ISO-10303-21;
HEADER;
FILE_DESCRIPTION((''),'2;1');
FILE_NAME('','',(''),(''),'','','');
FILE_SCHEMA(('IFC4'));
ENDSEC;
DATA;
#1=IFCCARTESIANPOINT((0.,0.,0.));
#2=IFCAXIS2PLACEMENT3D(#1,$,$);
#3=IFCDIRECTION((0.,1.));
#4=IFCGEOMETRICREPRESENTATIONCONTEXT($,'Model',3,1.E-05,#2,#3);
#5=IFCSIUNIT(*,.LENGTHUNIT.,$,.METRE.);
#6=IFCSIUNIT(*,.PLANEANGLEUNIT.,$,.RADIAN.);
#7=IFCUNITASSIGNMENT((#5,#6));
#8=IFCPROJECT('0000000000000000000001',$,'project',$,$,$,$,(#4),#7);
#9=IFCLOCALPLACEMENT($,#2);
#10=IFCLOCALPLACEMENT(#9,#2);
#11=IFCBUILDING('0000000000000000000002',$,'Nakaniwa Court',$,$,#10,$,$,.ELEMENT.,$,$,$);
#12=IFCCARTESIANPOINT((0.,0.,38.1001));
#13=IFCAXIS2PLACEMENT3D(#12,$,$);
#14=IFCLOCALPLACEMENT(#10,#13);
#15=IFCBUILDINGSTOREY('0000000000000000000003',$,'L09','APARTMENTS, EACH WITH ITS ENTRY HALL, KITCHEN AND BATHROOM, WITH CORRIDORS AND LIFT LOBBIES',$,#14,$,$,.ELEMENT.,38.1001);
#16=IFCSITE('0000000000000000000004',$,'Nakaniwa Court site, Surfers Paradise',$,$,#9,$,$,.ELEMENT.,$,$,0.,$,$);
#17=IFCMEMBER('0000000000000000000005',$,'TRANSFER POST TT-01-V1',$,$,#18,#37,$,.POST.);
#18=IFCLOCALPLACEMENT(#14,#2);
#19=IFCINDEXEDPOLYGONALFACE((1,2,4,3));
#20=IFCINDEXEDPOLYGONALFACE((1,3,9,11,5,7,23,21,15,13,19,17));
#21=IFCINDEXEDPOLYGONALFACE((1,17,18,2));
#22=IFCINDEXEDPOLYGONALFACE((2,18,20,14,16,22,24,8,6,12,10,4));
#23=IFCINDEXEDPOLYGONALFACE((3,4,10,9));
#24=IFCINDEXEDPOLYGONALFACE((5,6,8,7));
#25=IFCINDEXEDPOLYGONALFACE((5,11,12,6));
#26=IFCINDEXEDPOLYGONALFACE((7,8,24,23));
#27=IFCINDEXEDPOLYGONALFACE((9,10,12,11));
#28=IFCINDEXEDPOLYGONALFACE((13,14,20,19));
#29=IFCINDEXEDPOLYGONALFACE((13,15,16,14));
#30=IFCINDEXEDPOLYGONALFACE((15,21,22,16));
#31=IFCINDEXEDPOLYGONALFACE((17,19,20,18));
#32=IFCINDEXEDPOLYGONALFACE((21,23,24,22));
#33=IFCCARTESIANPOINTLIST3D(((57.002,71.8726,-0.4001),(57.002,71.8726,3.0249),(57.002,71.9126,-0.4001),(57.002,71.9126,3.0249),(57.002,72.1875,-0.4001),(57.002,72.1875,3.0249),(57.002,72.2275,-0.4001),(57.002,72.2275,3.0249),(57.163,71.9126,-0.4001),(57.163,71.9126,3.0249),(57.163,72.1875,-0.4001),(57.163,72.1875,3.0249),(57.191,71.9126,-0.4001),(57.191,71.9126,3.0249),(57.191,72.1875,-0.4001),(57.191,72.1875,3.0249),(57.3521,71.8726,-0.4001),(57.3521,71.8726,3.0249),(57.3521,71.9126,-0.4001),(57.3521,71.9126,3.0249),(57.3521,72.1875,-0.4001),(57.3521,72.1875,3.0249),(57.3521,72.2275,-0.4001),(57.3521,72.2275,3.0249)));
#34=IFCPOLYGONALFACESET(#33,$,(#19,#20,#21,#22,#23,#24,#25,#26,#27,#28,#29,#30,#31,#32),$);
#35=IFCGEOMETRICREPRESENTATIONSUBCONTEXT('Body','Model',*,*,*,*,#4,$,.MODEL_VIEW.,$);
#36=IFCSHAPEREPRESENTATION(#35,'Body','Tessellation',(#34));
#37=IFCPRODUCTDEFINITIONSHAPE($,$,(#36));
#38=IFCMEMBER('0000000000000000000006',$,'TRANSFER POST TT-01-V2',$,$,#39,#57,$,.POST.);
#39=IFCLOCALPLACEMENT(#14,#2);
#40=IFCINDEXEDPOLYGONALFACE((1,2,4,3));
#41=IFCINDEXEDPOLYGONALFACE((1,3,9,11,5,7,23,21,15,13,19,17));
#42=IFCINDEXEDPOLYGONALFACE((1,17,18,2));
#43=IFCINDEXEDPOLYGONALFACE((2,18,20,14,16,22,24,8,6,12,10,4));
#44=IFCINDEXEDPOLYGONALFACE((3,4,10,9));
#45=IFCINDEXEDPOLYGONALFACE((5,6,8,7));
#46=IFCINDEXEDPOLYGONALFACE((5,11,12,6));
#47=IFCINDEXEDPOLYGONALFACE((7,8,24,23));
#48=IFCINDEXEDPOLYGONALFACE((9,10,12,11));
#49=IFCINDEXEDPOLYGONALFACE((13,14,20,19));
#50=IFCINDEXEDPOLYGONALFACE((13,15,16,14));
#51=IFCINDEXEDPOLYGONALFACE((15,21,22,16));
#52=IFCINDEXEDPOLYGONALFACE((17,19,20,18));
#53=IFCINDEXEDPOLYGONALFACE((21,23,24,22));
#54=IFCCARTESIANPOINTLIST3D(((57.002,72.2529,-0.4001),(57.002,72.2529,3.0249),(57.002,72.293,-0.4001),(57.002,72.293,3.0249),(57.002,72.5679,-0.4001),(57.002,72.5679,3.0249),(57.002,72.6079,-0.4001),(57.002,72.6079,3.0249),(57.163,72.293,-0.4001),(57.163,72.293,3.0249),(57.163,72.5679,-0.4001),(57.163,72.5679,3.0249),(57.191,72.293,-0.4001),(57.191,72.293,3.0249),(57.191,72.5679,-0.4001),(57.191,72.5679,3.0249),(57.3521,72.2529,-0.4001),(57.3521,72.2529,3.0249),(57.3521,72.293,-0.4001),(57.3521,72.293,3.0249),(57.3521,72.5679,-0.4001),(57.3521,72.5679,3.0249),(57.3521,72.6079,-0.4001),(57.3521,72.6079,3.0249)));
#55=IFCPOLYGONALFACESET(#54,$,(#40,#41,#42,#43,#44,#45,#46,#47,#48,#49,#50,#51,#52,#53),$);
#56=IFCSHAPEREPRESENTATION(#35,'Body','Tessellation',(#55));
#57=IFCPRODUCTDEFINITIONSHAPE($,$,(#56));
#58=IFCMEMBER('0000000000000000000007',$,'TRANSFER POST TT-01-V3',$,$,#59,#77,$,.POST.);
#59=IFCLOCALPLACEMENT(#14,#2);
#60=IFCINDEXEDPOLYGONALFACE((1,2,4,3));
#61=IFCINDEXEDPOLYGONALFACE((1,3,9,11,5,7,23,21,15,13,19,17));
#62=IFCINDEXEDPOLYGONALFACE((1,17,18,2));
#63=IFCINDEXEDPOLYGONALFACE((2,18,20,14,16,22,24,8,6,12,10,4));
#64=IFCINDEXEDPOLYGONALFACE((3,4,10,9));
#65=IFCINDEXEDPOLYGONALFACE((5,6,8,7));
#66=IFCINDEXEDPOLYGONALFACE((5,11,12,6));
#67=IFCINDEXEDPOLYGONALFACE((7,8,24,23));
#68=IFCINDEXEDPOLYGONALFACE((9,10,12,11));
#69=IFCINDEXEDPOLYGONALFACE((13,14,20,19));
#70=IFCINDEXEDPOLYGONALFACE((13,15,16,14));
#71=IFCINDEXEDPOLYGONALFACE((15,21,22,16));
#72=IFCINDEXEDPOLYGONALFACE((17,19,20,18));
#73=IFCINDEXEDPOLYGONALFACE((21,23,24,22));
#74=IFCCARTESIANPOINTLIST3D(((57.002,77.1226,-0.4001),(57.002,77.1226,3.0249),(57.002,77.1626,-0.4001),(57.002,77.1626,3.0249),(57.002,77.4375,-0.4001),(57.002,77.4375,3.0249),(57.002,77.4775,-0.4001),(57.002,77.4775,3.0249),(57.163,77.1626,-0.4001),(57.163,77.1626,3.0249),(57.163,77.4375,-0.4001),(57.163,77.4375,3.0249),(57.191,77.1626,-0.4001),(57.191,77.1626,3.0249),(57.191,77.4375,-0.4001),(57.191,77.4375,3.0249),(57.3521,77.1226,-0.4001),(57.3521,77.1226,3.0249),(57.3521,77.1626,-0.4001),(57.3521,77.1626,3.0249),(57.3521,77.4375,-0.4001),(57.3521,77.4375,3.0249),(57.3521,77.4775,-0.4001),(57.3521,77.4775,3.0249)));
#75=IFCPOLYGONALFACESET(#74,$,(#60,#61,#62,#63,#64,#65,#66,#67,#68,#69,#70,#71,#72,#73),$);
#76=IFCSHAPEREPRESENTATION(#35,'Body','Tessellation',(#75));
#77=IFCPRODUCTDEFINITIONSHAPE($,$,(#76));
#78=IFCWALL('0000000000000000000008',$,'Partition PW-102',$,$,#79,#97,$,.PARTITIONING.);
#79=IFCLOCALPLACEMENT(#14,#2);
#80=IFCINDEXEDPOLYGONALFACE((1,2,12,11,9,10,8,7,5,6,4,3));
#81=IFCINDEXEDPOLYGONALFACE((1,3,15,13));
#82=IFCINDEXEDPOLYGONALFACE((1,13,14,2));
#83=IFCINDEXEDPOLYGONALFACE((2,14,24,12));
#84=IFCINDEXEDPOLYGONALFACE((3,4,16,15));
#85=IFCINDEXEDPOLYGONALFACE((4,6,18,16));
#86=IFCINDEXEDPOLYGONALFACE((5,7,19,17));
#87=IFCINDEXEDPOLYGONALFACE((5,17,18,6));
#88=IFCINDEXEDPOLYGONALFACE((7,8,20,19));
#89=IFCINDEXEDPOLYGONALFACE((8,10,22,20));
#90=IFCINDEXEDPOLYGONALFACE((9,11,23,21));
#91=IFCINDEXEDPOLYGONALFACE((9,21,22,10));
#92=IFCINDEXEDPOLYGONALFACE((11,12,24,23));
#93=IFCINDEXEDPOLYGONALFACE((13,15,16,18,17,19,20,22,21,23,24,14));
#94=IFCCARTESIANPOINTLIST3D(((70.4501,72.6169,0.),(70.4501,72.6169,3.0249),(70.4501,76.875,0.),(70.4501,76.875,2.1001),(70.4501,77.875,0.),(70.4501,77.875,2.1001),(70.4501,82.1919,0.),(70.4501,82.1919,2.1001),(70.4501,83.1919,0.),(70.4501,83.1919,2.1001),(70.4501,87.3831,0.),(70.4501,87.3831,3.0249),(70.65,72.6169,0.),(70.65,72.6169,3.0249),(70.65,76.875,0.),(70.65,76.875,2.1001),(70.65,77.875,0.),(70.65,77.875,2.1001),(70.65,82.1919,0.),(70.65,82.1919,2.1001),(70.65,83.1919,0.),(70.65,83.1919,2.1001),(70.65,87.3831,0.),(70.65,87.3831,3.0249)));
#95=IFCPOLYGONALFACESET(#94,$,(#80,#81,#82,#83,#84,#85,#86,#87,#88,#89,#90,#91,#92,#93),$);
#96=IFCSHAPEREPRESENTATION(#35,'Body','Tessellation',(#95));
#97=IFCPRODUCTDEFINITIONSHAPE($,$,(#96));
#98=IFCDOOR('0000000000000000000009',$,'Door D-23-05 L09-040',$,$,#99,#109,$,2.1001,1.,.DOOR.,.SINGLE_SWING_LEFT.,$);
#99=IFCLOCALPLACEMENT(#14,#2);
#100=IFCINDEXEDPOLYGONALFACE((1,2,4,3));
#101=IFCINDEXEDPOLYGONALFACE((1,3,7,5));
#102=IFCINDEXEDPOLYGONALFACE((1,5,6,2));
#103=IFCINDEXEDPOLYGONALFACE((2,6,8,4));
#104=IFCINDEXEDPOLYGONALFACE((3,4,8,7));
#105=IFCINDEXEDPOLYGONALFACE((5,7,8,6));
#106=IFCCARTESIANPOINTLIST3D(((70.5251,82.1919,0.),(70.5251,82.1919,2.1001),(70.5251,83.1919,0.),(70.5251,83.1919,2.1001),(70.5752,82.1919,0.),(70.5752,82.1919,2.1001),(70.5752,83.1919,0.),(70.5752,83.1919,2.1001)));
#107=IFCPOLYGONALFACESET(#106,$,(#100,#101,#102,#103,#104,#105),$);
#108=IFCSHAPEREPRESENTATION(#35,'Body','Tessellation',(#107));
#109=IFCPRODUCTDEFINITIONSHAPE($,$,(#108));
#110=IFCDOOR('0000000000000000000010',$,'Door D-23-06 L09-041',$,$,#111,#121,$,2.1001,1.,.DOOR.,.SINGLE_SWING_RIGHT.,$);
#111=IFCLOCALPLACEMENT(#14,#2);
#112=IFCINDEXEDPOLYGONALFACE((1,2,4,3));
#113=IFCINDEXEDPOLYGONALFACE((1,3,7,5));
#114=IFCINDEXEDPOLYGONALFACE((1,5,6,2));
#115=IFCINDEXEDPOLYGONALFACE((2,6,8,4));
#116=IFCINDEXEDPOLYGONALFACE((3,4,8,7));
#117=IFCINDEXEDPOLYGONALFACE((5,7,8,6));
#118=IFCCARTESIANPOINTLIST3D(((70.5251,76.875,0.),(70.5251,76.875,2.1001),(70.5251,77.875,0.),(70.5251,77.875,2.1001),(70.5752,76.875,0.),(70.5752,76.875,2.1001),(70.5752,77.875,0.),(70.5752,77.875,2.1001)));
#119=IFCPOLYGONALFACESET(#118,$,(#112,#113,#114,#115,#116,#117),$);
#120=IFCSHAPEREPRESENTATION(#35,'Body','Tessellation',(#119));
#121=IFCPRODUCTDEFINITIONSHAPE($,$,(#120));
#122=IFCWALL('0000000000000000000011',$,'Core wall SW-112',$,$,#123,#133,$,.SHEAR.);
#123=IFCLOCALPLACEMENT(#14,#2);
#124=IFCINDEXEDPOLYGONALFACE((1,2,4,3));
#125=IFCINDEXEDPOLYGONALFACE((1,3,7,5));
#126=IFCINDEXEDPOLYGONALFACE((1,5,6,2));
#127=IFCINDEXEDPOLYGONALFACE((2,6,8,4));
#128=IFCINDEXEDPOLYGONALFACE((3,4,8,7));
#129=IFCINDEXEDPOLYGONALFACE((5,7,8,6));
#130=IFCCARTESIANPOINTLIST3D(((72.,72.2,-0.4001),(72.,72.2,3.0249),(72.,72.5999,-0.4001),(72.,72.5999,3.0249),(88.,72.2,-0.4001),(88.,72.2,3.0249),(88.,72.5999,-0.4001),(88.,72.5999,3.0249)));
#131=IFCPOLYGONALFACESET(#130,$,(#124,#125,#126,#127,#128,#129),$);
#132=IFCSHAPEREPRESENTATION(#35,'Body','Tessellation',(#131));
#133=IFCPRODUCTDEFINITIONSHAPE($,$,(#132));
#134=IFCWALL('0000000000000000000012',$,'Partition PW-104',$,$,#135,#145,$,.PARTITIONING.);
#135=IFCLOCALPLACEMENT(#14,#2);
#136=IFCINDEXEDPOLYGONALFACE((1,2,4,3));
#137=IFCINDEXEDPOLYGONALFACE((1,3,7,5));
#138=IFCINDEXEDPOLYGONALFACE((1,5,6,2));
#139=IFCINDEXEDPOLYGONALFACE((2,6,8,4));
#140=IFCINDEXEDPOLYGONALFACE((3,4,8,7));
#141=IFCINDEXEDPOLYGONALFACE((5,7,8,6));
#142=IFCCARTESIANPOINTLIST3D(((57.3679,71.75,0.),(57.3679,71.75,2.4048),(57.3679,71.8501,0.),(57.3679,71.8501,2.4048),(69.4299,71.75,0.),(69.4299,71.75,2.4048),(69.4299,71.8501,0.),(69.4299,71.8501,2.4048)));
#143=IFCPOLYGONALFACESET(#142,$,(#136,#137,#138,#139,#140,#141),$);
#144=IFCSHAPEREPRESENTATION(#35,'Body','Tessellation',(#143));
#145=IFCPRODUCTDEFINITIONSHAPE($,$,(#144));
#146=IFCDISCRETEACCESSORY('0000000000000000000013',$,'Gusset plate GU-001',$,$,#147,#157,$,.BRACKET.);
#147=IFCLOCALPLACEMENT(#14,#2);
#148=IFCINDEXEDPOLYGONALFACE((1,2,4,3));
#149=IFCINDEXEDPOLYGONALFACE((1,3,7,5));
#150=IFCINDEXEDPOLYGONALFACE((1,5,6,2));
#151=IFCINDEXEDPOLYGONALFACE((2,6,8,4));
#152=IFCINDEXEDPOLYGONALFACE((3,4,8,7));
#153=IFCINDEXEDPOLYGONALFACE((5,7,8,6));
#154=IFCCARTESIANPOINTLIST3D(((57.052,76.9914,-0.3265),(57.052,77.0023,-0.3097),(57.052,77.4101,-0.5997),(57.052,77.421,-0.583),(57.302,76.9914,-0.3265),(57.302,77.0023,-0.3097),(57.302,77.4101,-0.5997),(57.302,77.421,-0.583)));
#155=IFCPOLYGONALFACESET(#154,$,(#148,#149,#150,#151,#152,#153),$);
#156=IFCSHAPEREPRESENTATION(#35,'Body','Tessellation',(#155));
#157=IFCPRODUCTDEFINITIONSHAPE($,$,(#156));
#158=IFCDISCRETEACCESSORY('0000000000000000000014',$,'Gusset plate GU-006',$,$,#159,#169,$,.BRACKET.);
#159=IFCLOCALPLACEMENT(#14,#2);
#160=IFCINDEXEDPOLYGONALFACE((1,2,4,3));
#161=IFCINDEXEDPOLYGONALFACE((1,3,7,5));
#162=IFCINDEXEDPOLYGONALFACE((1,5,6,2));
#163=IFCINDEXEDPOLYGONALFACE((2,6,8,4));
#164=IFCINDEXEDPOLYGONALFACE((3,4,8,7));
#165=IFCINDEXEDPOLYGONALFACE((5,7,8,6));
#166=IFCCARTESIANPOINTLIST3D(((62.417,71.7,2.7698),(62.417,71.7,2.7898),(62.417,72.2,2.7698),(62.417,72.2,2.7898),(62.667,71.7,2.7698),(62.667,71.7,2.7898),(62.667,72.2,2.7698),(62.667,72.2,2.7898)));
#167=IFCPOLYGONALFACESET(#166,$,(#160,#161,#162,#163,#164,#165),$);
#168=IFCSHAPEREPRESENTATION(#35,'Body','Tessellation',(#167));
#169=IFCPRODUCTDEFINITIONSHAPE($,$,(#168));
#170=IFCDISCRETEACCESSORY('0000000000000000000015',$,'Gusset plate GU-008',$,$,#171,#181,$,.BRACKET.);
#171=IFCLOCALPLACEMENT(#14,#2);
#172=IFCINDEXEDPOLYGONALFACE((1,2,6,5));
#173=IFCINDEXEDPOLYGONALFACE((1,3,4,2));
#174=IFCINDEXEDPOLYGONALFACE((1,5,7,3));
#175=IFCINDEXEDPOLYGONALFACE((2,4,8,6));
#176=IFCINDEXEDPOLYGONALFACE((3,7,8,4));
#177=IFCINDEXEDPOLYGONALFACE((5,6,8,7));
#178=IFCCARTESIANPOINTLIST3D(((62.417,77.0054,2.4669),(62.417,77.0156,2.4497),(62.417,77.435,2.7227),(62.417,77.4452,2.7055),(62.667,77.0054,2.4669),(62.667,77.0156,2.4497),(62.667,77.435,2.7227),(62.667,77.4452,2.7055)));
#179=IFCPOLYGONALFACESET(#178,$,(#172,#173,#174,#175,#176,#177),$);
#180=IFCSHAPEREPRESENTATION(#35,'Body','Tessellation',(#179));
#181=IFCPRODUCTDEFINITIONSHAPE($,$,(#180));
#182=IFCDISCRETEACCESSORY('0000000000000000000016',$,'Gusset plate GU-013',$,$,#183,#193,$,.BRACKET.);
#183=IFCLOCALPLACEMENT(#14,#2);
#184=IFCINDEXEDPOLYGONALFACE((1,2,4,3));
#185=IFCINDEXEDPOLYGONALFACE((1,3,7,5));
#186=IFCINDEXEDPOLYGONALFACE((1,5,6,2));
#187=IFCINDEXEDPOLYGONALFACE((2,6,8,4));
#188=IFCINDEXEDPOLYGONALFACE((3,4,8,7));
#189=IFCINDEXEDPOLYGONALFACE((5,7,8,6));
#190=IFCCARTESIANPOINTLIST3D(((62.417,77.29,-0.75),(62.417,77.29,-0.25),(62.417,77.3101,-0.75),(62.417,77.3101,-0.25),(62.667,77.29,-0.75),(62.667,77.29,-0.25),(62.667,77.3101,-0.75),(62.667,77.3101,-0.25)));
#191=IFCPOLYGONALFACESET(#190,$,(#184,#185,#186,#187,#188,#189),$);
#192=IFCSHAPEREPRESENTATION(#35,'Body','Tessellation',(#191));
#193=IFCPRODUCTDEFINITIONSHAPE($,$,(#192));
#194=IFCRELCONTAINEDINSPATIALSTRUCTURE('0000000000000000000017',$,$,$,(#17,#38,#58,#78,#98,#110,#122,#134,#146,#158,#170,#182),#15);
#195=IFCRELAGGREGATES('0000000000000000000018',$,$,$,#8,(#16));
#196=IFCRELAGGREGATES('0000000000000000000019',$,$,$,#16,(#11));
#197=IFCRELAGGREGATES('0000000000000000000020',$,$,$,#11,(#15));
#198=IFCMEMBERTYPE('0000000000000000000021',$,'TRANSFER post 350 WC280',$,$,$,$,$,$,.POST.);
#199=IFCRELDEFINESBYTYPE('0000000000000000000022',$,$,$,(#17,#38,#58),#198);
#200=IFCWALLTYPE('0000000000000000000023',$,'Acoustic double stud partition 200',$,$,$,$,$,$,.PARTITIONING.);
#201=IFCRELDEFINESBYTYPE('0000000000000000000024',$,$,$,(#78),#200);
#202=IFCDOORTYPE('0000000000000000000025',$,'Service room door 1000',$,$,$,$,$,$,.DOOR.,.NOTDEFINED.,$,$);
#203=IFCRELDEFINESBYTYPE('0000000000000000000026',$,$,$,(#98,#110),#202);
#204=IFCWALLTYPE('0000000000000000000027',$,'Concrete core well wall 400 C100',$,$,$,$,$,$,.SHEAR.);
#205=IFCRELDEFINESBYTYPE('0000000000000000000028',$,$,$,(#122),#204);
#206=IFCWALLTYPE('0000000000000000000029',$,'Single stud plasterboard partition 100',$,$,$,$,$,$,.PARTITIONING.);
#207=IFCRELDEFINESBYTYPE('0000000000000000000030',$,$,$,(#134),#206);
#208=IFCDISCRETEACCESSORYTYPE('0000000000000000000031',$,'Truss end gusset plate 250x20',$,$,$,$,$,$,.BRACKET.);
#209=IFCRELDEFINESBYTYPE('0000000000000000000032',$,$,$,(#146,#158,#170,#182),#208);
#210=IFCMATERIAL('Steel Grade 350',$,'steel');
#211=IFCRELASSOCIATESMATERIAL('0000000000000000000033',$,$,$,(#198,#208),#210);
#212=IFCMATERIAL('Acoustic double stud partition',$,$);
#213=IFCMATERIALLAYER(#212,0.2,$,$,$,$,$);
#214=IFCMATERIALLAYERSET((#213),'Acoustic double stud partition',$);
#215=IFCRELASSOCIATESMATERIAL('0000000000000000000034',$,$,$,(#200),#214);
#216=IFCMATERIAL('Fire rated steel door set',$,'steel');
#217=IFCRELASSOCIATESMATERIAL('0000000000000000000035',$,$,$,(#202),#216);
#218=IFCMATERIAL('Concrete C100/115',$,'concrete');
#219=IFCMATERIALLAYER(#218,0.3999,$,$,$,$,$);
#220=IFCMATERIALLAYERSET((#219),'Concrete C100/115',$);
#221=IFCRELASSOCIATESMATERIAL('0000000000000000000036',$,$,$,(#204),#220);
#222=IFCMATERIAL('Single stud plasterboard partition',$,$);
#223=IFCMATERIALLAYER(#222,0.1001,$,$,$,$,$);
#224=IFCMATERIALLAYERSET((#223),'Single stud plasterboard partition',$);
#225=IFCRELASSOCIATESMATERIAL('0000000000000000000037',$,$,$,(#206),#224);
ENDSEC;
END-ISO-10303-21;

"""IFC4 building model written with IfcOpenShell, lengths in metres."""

from ifc_helpers import new_model, si_unit, direction, frame, frame_2d, origin, origin_2d, place, context, subcontext, project, spatial, rectangle, i_section, extrude, material, layer, layer_set, material_profile, profile_set, type_object, element, fill, save


model = new_model("IFC4")

# Units and contexts
model_context = context("Model", 3, precision=1e-05, world=origin(), true_north=direction((0.0, 1.0)))
body_context = subcontext(model_context, "Body", "Model", "MODEL_VIEW")
ifc_project = project(units=[si_unit("LENGTHUNIT", "METRE"), si_unit("PLANEANGLEUNIT", "RADIAN")], contexts=[model_context])

# Site, building, storey
site_placement = place(None, origin())
site = spatial("IfcSite", under=ifc_project, at=site_placement, Name="Nakaniwa Court site, Surfers Paradise", CompositionType="ELEMENT", RefElevation=0.0)
building_placement = place(site_placement, origin())
building = spatial("IfcBuilding", under=site, at=building_placement, Name="Nakaniwa Court", CompositionType="ELEMENT")
storey_placement = place(building_placement, frame((0.0, 0.0, 38.1001)))
storey = spatial("IfcBuildingStorey", under=building, at=storey_placement, Name="L09", Description="APARTMENTS, EACH WITH ITS ENTRY HALL, KITCHEN AND BATHROOM, WITH CORRIDORS AND LIFT LOBBIES", CompositionType="ELEMENT", Elevation=38.1001)

# Shared definitions
ifc_material_1 = material(Name="Concrete C100/115", Category="concrete")

# Members
ifc_material_2 = material(Name="Steel Grade 350", Category="steel")
ifc_material_profile_1 = material_profile(ifc_material_2, i_section(OverallWidth=0.3501, OverallDepth=0.355, WebThickness=0.0281, FlangeThickness=0.04, at=origin_2d()), Name="350WC280")
ifc_profile_set_1 = profile_set([ifc_material_profile_1], Name="Steel Grade 350")
member_type_1 = type_object("IfcMemberType", Name="TRANSFER post 350 WC280", PredefinedType="POST", material=ifc_profile_set_1)
for number, where, z_axis, x_axis, name in (
    (1, (57.177, 72.05, -0.4001), (0.0, 0.0, 1.0), (1.0, 0.0, 0.0), "TRANSFER POST TT-01-V1"),
    (2, (57.177, 72.4304, -0.4001), (0.0, 0.0, 1.0), (1.0, 0.0, 0.0), "TRANSFER POST TT-01-V2"),
    (3, (57.177, 77.3, -0.4001), (0.0, 0.0, 1.0), (1.0, 0.0, 0.0), "TRANSFER POST TT-01-V3"),
):
    element("IfcMember", number, at=place(storey_placement, frame(where, z_axis=z_axis, x_axis=x_axis)), inside=storey, type_object=member_type_1, Name=name, PredefinedType="POST", context=body_context, shape_type="SweptSolid", body=[
        extrude(i_section(OverallWidth=0.3501, OverallDepth=0.355, WebThickness=0.0281, FlangeThickness=0.04, at=origin_2d()), origin(), (0.0, 0.0, 1.0), 3.425),
    ])

# Wall, openings, doors
ifc_material_3 = material(Name="Acoustic double stud partition")
ifc_layer_1 = layer(ifc_material_3, 0.2)
ifc_layer_set_1 = layer_set([ifc_layer_1], Name="Acoustic double stud partition")
wall_type_1 = type_object("IfcWallType", Name="Acoustic double stud partition 200", PredefinedType="PARTITIONING", material=ifc_layer_set_1)
wall_1_placement = place(storey_placement, frame((70.55, 72.6169, 0.0), z_axis=(0.0, 0.0, 1.0), x_axis=(0.0, 1.0, 0.0)))
wall_1 = element("IfcWall", 4, at=wall_1_placement, inside=storey, type_object=wall_type_1, Name="Partition PW-102", PredefinedType="PARTITIONING", context=body_context, shape_type="SweptSolid", body=[
    extrude(rectangle(XDim=14.7661, YDim=0.2, at=frame_2d((7.3831, 0.0))), origin(), (0.0, 0.0, 1.0), 3.0249),
])
opening_1_placement = place(wall_1_placement, frame((9.575, 0.0, 0.0)))
opening_1 = element("IfcOpeningElement", 5, at=opening_1_placement, cuts=wall_1, PredefinedType="OPENING", context=body_context, shape_type="SweptSolid", body=[
    extrude(rectangle(XDim=1.0, YDim=2.1001, at=frame_2d((0.5, 1.05))), frame((0.0, 0.1099, 0.0), z_axis=(0.0, -1.0, 0.0), x_axis=(1.0, 0.0, 0.0)), (0.0, 0.0, 1.0), 0.22),
])
opening_2_placement = place(wall_1_placement, frame((4.2581, 0.0, 0.0)))
opening_2 = element("IfcOpeningElement", 6, at=opening_2_placement, cuts=wall_1, PredefinedType="OPENING", context=body_context, shape_type="SweptSolid", body=[
    extrude(rectangle(XDim=1.0, YDim=2.1001, at=frame_2d((0.5, 1.05))), frame((0.0, 0.1099, 0.0), z_axis=(0.0, -1.0, 0.0), x_axis=(1.0, 0.0, 0.0)), (0.0, 0.0, 1.0), 0.22),
])
ifc_material_4 = material(Name="Fire rated steel door set", Category="steel")
door_type = type_object("IfcDoorType", Name="Service room door 1000", OperationType="NOTDEFINED", PredefinedType="DOOR", material=ifc_material_4)
door_1_placement = place(opening_1_placement, origin())
door_1 = element("IfcDoor", 7, at=door_1_placement, inside=storey, type_object=door_type, Name="Door D-23-05 L09-040", OperationType="SINGLE_SWING_LEFT", OverallHeight=2.1001, OverallWidth=1.0, PredefinedType="DOOR", context=body_context, shape_type="SweptSolid", body=[
    extrude(rectangle(XDim=1.0, YDim=2.1001, at=frame_2d((0.5, 1.05))), frame((0.0, 0.0249, 0.0), z_axis=(0.0, -1.0, 0.0), x_axis=(1.0, 0.0, 0.0)), (0.0, 0.0, 1.0), 0.05),
])
fill(opening_1, door_1)
door_2_placement = place(opening_2_placement, origin())
door_2 = element("IfcDoor", 8, at=door_2_placement, inside=storey, type_object=door_type, Name="Door D-23-06 L09-041", OperationType="SINGLE_SWING_RIGHT", OverallHeight=2.1001, OverallWidth=1.0, PredefinedType="DOOR", context=body_context, shape_type="SweptSolid", body=[
    extrude(rectangle(XDim=1.0, YDim=2.1001, at=frame_2d((0.5, 1.05))), frame((0.0, 0.0249, 0.0), z_axis=(0.0, -1.0, 0.0), x_axis=(1.0, 0.0, 0.0)), (0.0, 0.0, 1.0), 0.05),
])
fill(opening_2, door_2)

# Walls
ifc_layer_2 = layer(ifc_material_1, 0.3999)
ifc_layer_set_2 = layer_set([ifc_layer_2], Name="Concrete C100/115")
wall_type_2 = type_object("IfcWallType", Name="Concrete core well wall 400 C100", PredefinedType="SHEAR", material=ifc_layer_set_2)
wall_2_placement = place(storey_placement, frame((72.0, 72.3999, -0.4001), z_axis=(0.0, 0.0, 1.0), x_axis=(1.0, 0.0, 0.0)))
element("IfcWall", 9, at=wall_2_placement, inside=storey, type_object=wall_type_2, Name="Core wall SW-112", PredefinedType="SHEAR", context=body_context, shape_type="SweptSolid", body=[
    extrude(rectangle(XDim=16.0, YDim=0.3999, at=frame_2d((8.0, 0.0))), origin(), (0.0, 0.0, 1.0), 3.425),
])
ifc_material_5 = material(Name="Single stud plasterboard partition")
ifc_layer_3 = layer(ifc_material_5, 0.1001)
ifc_layer_set_3 = layer_set([ifc_layer_3], Name="Single stud plasterboard partition")
wall_type_3 = type_object("IfcWallType", Name="Single stud plasterboard partition 100", PredefinedType="PARTITIONING", material=ifc_layer_set_3)
wall_3_placement = place(storey_placement, frame((57.3679, 71.8, 0.0), z_axis=(0.0, 0.0, 1.0), x_axis=(1.0, 0.0, 0.0)))
element("IfcWall", 10, at=wall_3_placement, inside=storey, type_object=wall_type_3, Name="Partition PW-104", PredefinedType="PARTITIONING", context=body_context, shape_type="SweptSolid", body=[
    extrude(rectangle(XDim=12.062, YDim=0.1001, at=frame_2d((6.031, 0.0))), origin(), (0.0, 0.0, 1.0), 2.4048),
])

# Discrete accessories
ifc_material_profile_2 = material_profile(ifc_material_2, rectangle(XDim=0.25, YDim=0.02, at=origin_2d()), Name="Truss end gusset plate 250x20")
ifc_profile_set_2 = profile_set([ifc_material_profile_2], Name="Steel Grade 350")
discrete_accessory_type = type_object("IfcDiscreteAccessoryType", Name="Truss end gusset plate 250x20", PredefinedType="BRACKET", material=ifc_profile_set_2)
for number, where, z_axis, x_axis, name in (
    (11, (57.177, 76.9968, -0.3181), (0.0, 0.837494, -0.546447), (-1.0, 0.0, 0.0), "Gusset plate GU-001"),
    (12, (62.542, 72.2, 2.7798), (0.0, -1.0, 0.0), (1.0, 0.0, 0.0), "Gusset plate GU-006"),
    (13, (62.542, 77.0105, 2.4583), (0.0, 0.859211, 0.511621), (-1.0, 0.0, 0.0), "Gusset plate GU-008"),
    (14, (62.542, 77.3, -0.25), (0.0, 0.0, -1.0), (1.0, 0.0, 0.0), "Gusset plate GU-013"),
):
    element("IfcDiscreteAccessory", number, at=place(storey_placement, frame(where, z_axis=z_axis, x_axis=x_axis)), inside=storey, type_object=discrete_accessory_type, Name=name, PredefinedType="BRACKET", context=body_context, shape_type="SweptSolid", body=[
        extrude(rectangle(XDim=0.25, YDim=0.02, at=origin_2d()), origin(), (0.0, 0.0, 1.0), 0.5),
    ])

save(model, "model.ifc")
